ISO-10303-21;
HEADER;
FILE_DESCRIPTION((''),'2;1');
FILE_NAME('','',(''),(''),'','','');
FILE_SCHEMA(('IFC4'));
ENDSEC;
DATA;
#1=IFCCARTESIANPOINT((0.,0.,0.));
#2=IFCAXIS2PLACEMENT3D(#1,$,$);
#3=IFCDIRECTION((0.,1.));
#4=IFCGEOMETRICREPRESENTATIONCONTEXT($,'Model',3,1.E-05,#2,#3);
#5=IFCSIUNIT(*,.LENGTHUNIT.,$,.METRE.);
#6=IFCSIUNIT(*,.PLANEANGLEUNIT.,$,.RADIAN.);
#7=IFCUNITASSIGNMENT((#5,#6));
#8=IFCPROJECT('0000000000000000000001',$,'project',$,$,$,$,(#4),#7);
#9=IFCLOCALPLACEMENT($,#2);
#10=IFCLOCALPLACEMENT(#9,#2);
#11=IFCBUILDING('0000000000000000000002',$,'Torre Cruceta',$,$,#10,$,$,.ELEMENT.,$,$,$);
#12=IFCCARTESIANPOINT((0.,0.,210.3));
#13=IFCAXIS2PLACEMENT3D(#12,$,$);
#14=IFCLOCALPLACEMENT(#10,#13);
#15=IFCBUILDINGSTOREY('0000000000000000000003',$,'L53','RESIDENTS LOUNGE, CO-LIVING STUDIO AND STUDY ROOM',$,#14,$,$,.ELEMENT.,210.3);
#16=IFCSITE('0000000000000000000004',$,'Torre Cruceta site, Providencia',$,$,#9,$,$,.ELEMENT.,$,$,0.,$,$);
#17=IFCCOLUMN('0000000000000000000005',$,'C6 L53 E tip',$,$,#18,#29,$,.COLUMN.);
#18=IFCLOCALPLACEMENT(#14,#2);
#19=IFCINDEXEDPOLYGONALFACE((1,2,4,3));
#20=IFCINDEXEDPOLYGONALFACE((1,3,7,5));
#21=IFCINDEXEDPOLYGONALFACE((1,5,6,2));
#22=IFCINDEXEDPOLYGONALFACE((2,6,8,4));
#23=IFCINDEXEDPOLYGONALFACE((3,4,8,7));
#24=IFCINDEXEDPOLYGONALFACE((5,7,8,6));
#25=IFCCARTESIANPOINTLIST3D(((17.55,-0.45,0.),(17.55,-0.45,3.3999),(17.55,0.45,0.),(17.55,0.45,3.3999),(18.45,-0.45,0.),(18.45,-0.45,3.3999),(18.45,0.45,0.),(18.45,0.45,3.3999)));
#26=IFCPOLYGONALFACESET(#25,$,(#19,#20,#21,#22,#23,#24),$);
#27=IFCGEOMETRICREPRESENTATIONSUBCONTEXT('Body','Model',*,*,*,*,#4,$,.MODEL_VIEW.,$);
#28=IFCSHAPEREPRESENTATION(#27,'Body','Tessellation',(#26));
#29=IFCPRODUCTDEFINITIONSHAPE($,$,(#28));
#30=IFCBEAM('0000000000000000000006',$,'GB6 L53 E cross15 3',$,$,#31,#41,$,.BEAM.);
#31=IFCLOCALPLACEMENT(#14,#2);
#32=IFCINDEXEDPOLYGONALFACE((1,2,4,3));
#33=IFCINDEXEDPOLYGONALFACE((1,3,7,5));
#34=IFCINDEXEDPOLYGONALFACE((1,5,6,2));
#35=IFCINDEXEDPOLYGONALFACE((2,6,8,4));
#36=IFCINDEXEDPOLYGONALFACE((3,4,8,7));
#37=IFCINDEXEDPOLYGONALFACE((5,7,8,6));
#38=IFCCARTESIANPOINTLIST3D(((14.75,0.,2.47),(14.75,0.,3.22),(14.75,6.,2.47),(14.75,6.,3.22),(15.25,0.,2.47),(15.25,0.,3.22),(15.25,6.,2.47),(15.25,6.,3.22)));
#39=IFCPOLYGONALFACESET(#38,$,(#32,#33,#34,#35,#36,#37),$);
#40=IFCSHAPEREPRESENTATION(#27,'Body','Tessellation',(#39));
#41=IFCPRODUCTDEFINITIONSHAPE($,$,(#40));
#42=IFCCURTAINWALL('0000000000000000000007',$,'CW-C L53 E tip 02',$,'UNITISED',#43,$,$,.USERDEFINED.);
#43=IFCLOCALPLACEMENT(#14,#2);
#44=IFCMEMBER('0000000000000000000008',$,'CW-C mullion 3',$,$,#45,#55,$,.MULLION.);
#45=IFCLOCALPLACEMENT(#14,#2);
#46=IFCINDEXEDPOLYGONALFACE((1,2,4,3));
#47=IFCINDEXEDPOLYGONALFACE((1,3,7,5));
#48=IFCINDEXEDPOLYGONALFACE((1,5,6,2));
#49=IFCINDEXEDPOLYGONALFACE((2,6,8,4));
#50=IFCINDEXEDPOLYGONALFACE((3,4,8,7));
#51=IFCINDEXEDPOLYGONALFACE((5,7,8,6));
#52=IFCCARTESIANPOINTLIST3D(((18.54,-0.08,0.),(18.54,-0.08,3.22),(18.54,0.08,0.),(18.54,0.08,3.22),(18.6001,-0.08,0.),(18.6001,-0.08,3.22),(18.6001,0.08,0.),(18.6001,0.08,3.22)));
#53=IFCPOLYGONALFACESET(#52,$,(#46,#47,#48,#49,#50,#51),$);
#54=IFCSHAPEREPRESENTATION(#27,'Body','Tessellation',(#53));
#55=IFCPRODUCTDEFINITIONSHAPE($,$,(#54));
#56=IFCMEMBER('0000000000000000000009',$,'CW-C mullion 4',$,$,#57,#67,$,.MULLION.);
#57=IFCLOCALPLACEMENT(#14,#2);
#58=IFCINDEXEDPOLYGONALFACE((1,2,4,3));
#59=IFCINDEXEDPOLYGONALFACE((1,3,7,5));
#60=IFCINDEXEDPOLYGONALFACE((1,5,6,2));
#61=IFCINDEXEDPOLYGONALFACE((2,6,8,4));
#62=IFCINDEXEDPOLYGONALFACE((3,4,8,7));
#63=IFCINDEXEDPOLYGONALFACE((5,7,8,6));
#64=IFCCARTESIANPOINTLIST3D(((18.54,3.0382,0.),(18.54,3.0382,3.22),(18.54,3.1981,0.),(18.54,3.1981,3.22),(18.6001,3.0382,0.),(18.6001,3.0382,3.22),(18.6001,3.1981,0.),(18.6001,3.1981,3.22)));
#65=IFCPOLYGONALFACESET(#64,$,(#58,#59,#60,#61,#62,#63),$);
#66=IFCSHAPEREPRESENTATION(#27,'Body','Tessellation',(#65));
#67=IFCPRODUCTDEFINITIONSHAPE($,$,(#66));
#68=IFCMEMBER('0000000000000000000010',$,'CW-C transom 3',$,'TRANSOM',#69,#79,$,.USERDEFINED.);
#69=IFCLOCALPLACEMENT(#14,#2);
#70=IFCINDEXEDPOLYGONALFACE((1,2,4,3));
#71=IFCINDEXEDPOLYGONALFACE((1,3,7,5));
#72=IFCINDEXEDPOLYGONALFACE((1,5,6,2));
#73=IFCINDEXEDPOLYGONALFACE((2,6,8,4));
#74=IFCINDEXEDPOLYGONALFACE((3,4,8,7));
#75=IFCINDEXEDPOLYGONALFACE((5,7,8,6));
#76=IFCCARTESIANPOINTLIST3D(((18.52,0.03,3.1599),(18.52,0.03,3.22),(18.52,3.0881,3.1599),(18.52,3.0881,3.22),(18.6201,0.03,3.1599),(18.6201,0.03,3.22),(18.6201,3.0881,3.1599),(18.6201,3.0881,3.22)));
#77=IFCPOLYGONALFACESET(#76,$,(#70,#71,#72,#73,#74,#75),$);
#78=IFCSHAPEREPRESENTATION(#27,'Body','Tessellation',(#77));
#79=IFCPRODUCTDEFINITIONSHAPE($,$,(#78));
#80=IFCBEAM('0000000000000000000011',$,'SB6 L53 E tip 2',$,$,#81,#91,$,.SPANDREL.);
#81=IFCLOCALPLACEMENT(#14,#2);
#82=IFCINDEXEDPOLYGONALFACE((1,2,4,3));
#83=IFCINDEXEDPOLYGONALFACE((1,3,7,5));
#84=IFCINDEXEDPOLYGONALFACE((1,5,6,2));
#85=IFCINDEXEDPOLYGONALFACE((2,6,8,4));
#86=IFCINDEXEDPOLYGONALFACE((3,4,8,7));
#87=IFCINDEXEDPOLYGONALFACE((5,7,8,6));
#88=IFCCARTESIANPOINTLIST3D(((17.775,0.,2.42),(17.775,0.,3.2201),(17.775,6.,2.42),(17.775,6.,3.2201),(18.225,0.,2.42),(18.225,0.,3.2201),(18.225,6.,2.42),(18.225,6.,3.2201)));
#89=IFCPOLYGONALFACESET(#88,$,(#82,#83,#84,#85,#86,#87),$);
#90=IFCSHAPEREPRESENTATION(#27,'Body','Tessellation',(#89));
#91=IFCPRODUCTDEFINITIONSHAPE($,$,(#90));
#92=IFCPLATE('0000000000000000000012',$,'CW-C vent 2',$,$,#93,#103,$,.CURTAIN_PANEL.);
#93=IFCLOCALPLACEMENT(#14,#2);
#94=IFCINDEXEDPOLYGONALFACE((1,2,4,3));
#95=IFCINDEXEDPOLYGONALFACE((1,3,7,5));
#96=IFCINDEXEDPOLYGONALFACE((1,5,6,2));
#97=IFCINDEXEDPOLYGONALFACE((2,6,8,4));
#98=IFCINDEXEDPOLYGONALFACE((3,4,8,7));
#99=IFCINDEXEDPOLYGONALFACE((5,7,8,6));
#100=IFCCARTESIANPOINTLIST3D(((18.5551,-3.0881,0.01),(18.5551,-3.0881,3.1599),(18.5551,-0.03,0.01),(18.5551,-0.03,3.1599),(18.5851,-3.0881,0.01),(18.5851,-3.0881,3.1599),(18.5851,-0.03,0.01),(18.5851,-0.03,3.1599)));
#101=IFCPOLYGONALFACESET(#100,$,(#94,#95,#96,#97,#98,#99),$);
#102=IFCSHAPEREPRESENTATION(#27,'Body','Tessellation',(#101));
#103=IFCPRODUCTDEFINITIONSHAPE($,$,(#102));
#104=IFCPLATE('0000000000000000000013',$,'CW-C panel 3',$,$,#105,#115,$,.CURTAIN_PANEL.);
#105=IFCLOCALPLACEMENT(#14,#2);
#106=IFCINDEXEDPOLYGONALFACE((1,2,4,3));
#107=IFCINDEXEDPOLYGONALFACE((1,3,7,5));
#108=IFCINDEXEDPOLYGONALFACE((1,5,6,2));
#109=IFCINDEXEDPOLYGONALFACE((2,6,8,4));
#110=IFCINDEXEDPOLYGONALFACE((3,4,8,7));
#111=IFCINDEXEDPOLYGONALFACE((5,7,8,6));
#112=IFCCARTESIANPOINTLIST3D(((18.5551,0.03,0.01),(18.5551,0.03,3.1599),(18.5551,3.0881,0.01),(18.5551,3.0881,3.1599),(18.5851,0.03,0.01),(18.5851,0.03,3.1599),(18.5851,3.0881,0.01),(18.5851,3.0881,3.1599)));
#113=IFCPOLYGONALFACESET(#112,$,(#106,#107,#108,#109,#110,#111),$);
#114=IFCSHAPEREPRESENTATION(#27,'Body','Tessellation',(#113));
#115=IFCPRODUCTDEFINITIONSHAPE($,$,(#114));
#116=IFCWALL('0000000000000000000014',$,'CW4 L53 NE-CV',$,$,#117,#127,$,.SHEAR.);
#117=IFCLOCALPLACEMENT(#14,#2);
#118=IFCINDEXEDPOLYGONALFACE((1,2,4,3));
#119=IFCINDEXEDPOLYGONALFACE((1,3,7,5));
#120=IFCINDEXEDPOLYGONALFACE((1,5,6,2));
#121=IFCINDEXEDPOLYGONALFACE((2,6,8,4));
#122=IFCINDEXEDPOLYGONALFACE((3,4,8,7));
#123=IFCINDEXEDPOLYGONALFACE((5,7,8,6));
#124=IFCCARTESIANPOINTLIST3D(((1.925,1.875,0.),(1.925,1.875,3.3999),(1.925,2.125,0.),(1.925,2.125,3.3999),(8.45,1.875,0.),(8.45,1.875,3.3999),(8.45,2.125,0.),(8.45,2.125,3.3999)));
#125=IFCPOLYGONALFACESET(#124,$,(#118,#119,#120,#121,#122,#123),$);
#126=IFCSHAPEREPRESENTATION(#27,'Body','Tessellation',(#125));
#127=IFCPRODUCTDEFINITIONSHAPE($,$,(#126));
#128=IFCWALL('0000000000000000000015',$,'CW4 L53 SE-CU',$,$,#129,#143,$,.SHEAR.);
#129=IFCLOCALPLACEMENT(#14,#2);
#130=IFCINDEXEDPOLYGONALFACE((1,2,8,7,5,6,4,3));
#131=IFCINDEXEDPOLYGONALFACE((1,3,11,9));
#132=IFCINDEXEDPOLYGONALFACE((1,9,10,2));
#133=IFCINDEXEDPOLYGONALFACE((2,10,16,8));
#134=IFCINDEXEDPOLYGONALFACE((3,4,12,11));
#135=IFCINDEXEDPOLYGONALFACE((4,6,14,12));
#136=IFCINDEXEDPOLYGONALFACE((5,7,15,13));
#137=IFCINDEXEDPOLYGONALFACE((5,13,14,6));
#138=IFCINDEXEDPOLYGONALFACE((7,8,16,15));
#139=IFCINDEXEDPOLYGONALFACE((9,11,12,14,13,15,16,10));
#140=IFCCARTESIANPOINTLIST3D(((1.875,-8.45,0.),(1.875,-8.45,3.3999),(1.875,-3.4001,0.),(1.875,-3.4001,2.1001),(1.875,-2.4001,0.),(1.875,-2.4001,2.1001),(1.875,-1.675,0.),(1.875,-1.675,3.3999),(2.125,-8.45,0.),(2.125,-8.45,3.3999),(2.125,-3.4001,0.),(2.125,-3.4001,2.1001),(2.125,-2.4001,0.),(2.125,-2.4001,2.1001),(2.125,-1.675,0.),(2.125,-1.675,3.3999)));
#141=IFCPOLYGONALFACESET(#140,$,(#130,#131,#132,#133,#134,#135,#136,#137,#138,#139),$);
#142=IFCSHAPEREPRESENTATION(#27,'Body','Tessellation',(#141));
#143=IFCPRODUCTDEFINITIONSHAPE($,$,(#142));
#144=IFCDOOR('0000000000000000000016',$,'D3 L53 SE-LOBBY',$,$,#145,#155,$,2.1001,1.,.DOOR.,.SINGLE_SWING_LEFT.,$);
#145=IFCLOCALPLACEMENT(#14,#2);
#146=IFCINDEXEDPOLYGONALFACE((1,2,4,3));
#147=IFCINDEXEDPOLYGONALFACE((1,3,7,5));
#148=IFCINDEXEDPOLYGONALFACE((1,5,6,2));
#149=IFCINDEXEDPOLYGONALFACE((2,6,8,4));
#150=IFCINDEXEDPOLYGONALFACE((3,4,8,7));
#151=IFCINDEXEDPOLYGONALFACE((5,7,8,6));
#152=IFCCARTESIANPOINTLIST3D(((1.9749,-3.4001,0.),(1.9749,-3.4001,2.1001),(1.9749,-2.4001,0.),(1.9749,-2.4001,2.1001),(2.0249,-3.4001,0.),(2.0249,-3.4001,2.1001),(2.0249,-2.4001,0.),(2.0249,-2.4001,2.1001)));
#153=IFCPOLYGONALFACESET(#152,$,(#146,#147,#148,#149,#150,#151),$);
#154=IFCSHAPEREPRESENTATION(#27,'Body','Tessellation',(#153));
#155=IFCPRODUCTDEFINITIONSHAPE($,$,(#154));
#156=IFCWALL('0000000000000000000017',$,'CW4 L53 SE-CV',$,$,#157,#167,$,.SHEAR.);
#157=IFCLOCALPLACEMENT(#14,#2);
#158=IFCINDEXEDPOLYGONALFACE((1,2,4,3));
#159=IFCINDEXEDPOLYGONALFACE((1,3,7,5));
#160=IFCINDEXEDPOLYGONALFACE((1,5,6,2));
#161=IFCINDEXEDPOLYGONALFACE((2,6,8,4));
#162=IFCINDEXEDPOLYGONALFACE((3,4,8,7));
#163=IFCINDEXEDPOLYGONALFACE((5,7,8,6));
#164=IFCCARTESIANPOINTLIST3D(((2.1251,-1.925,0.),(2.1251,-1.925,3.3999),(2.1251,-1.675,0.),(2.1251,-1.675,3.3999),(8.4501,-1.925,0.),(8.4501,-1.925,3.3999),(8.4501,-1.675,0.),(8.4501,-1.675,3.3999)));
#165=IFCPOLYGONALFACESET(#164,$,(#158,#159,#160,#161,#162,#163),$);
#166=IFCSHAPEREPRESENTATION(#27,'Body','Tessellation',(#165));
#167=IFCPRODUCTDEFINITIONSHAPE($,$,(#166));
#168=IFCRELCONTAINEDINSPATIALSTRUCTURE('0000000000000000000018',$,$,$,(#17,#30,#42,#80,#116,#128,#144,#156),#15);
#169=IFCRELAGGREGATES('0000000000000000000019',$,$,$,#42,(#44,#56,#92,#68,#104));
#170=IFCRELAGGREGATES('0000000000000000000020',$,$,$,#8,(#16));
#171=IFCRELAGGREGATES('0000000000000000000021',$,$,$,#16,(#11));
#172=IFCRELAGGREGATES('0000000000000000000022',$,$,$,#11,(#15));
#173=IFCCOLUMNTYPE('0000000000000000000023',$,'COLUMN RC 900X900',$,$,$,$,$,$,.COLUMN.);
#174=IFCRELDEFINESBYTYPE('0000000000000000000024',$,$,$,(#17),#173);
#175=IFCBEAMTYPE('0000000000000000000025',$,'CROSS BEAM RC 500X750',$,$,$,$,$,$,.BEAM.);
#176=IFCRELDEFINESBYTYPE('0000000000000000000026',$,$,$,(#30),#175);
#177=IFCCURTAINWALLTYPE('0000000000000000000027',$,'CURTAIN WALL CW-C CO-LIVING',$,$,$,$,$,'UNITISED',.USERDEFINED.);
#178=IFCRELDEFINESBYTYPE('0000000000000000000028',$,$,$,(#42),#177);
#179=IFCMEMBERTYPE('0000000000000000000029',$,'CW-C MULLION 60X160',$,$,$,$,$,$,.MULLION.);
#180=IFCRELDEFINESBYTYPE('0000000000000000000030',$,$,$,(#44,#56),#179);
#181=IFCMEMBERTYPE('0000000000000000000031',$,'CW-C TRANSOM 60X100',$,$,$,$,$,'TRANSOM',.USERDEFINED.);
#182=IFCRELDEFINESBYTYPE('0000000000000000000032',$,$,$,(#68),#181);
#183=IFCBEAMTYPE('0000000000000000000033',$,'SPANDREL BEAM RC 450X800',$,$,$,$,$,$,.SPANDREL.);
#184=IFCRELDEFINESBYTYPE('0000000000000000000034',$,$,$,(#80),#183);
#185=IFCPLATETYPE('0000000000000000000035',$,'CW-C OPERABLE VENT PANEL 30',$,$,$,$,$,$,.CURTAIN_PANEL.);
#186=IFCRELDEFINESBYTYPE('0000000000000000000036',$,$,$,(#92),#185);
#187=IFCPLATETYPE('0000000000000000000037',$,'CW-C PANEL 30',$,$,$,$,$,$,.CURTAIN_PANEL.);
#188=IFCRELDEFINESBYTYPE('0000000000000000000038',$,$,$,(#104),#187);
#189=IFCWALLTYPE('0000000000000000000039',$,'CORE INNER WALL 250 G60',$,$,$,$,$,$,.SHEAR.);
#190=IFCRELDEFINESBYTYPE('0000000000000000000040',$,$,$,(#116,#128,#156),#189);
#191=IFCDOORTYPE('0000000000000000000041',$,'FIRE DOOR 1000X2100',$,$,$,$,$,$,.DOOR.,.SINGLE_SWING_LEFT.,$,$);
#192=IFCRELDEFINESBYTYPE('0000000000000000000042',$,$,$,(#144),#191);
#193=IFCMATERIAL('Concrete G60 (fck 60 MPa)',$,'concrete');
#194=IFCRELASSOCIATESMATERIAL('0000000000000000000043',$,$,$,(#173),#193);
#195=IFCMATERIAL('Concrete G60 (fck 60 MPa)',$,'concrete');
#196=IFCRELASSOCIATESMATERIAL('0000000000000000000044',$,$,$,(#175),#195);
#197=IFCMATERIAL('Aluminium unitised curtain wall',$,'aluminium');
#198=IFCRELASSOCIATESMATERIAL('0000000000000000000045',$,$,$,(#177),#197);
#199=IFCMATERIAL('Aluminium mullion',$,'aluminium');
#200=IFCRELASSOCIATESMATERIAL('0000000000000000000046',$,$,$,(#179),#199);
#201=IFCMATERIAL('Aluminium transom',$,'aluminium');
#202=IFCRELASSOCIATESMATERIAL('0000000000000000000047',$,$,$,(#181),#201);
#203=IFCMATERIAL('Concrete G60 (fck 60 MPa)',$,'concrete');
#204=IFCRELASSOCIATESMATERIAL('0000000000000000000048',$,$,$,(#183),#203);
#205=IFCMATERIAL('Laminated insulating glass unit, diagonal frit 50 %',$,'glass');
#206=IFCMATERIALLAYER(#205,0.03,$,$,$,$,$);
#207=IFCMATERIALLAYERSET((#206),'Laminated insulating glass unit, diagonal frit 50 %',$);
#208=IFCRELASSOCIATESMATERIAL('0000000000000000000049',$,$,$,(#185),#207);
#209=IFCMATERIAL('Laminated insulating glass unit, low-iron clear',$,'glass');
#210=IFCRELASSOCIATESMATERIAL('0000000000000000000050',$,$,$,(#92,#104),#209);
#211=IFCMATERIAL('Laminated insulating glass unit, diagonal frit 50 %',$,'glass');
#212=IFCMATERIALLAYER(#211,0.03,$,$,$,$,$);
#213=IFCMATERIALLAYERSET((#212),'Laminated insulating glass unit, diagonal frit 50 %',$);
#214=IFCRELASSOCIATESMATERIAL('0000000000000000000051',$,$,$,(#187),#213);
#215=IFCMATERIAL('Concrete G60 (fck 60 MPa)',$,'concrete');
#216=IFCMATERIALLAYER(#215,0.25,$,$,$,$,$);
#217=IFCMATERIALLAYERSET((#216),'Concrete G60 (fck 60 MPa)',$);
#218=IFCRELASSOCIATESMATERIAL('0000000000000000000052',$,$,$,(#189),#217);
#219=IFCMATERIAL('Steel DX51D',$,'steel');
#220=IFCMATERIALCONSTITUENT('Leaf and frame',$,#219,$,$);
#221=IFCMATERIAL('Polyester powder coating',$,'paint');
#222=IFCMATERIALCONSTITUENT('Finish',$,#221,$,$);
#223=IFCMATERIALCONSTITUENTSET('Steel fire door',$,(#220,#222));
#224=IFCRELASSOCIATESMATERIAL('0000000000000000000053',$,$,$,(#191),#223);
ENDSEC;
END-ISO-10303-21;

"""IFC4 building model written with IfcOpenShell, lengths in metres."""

from ifc_helpers import new_model, si_unit, direction, frame, frame_2d, origin, origin_2d, place, context, subcontext, project, spatial, rectangle, extrude, material, layer, layer_set, constituent, constituent_set, material_profile, profile_set, type_object, element, fill, aggregate, save


model = new_model("IFC4")

# Units and contexts
model_context = context("Model", 3, precision=1e-05, world=origin(), true_north=direction((0.0, 1.0)))
body_context = subcontext(model_context, "Body", "Model", "MODEL_VIEW")
ifc_project = project(units=[si_unit("LENGTHUNIT", "METRE"), si_unit("PLANEANGLEUNIT", "RADIAN")], contexts=[model_context])

# Site, building, storey
site_placement = place(None, origin())
site = spatial("IfcSite", under=ifc_project, at=site_placement, Name="Torre Cruceta site, Providencia", CompositionType="ELEMENT", RefElevation=0.0)
building_placement = place(site_placement, origin())
building = spatial("IfcBuilding", under=site, at=building_placement, Name="Torre Cruceta", CompositionType="ELEMENT")
storey_placement = place(building_placement, frame((0.0, 0.0, 210.3)))
storey = spatial("IfcBuildingStorey", under=building, at=storey_placement, Name="L53", Description="RESIDENTS LOUNGE, CO-LIVING STUDIO AND STUDY ROOM", CompositionType="ELEMENT", Elevation=210.3)

# Column
ifc_material_1 = material(Name="Concrete G60 (fck 60 MPa)", Category="concrete")
ifc_material_profile_1 = material_profile(ifc_material_1, rectangle(XDim=0.8999, YDim=0.8999, at=origin_2d()), Name="RC 900X900")
ifc_profile_set_1 = profile_set([ifc_material_profile_1], Name="Concrete G60 (fck 60 MPa)")
column_type = type_object("IfcColumnType", Name="COLUMN RC 900X900", PredefinedType="COLUMN", material=ifc_profile_set_1)
column_placement = place(storey_placement, frame((18.0, 0.0, 0.0), z_axis=(0.0, 0.0, 1.0), x_axis=(1.0, 0.0, 0.0)))
element("IfcColumn", 1, at=column_placement, inside=storey, type_object=column_type, Name="C6 L53 E tip", PredefinedType="COLUMN", context=body_context, shape_type="SweptSolid", body=[
    extrude(rectangle(XDim=0.8999, YDim=0.8999, at=origin_2d()), origin(), (0.0, 0.0, 1.0), 3.3999),
])

# Beam
ifc_material_2 = material(Name="Concrete G60 (fck 60 MPa)", Category="concrete")
ifc_material_profile_2 = material_profile(ifc_material_2, rectangle(XDim=0.5, YDim=0.75, at=origin_2d()), Name="RC 500X750")
ifc_profile_set_2 = profile_set([ifc_material_profile_2], Name="Concrete G60 (fck 60 MPa)")
beam_type_1 = type_object("IfcBeamType", Name="CROSS BEAM RC 500X750", PredefinedType="BEAM", material=ifc_profile_set_2)
beam_1_placement = place(storey_placement, frame((15.0, 0.0, 2.845), z_axis=(0.0, 1.0, 0.0), x_axis=(-1.0, 0.0, 0.0)))
element("IfcBeam", 2, at=beam_1_placement, inside=storey, type_object=beam_type_1, Name="GB6 L53 E cross15 3", PredefinedType="BEAM", context=body_context, shape_type="SweptSolid", body=[
    extrude(rectangle(XDim=0.5, YDim=0.75, at=origin_2d()), origin(), (0.0, 0.0, 1.0), 6.0),
])

# Curtain wall, members
ifc_material_3 = material(Name="Aluminium unitised curtain wall", Category="aluminium")
curtain_wall_type = type_object("IfcCurtainWallType", Name="CURTAIN WALL CW-C CO-LIVING", ElementType="UNITISED", PredefinedType="USERDEFINED", material=ifc_material_3)
curtain_wall_placement = place(storey_placement, origin())
curtain_wall = element("IfcCurtainWall", 3, at=curtain_wall_placement, inside=storey, type_object=curtain_wall_type, Name="CW-C L53 E tip 02", ObjectType="UNITISED", PredefinedType="USERDEFINED")
ifc_material_4 = material(Name="Aluminium mullion", Category="aluminium")
ifc_material_profile_3 = material_profile(ifc_material_4, rectangle(XDim=0.0601, YDim=0.1599, at=origin_2d()), Name="AL 60X160")
ifc_profile_set_3 = profile_set([ifc_material_profile_3], Name="Aluminium mullion")
member_type_1 = type_object("IfcMemberType", Name="CW-C MULLION 60X160", PredefinedType="MULLION", material=ifc_profile_set_3)
member_1_placement = place(storey_placement, frame((18.5701, 0.0, 0.0), z_axis=(0.0, 0.0, 1.0), x_axis=(-1.0, 0.0, 0.0)))
member_1 = element("IfcMember", 4, at=member_1_placement, type_object=member_type_1, Name="CW-C mullion 3", PredefinedType="MULLION", context=body_context, shape_type="SweptSolid", body=[
    extrude(rectangle(XDim=0.0601, YDim=0.1599, at=origin_2d()), origin(), (0.0, 0.0, 1.0), 3.22),
])
member_2_placement = place(storey_placement, frame((18.5701, 3.1182, 0.0), z_axis=(0.0, 0.0, 1.0), x_axis=(-1.0, 0.0, 0.0)))
member_2 = element("IfcMember", 5, at=member_2_placement, type_object=member_type_1, Name="CW-C mullion 4", PredefinedType="MULLION", context=body_context, shape_type="SweptSolid", body=[
    extrude(rectangle(XDim=0.0601, YDim=0.1599, at=origin_2d()), origin(), (0.0, 0.0, 1.0), 3.22),
])
ifc_material_5 = material(Name="Aluminium transom", Category="aluminium")
ifc_material_profile_4 = material_profile(ifc_material_5, rectangle(XDim=0.1001, YDim=0.0601, at=origin_2d()), Name="AL 100X60")
ifc_profile_set_4 = profile_set([ifc_material_profile_4], Name="Aluminium transom")
member_type_2 = type_object("IfcMemberType", Name="CW-C TRANSOM 60X100", ElementType="TRANSOM", PredefinedType="USERDEFINED", material=ifc_profile_set_4)
member_3_placement = place(storey_placement, frame((18.5701, 0.03, 3.1899), z_axis=(0.0, 1.0, 0.0), x_axis=(-1.0, 0.0, 0.0)))
member_3 = element("IfcMember", 6, at=member_3_placement, type_object=member_type_2, Name="CW-C transom 3", ObjectType="TRANSOM", PredefinedType="USERDEFINED", context=body_context, shape_type="SweptSolid", body=[
    extrude(rectangle(XDim=0.1001, YDim=0.0601, at=origin_2d()), origin(), (0.0, 0.0, 1.0), 3.0581),
])

# Beam
ifc_material_6 = material(Name="Concrete G60 (fck 60 MPa)", Category="concrete")
ifc_material_profile_5 = material_profile(ifc_material_6, rectangle(XDim=0.45, YDim=0.8, at=origin_2d()), Name="RC 450X800")
ifc_profile_set_5 = profile_set([ifc_material_profile_5], Name="Concrete G60 (fck 60 MPa)")
beam_type_2 = type_object("IfcBeamType", Name="SPANDREL BEAM RC 450X800", PredefinedType="SPANDREL", material=ifc_profile_set_5)
beam_2_placement = place(storey_placement, frame((18.0, 0.0, 2.8201), z_axis=(0.0, 1.0, 0.0), x_axis=(-1.0, 0.0, 0.0)))
element("IfcBeam", 7, at=beam_2_placement, inside=storey, type_object=beam_type_2, Name="SB6 L53 E tip 2", PredefinedType="SPANDREL", context=body_context, shape_type="SweptSolid", body=[
    extrude(rectangle(XDim=0.45, YDim=0.8, at=origin_2d()), origin(), (0.0, 0.0, 1.0), 6.0),
])

# Plates
ifc_material_7 = material(Name="Laminated insulating glass unit, low-iron clear", Category="glass")
ifc_material_8 = material(Name="Laminated insulating glass unit, diagonal frit 50 %", Category="glass")
ifc_layer_1 = layer(ifc_material_8, 0.03)
ifc_layer_set_1 = layer_set([ifc_layer_1], Name="Laminated insulating glass unit, diagonal frit 50 %")
plate_type_1 = type_object("IfcPlateType", Name="CW-C OPERABLE VENT PANEL 30", PredefinedType="CURTAIN_PANEL", material=ifc_layer_set_1)
plate_1_placement = place(storey_placement, frame((18.5701, -1.5591, 0.01), z_axis=(0.0, 0.0, 1.0), x_axis=(0.0, 1.0, 0.0)))
plate_1 = element("IfcPlate", 8, at=plate_1_placement, type_object=plate_type_1, material=ifc_material_7, Name="CW-C vent 2", PredefinedType="CURTAIN_PANEL", context=body_context, shape_type="SweptSolid", body=[
    extrude(rectangle(XDim=3.0581, YDim=0.03, at=origin_2d()), origin(), (0.0, 0.0, 1.0), 3.1499),
])
ifc_material_9 = material(Name="Laminated insulating glass unit, diagonal frit 50 %", Category="glass")
ifc_layer_2 = layer(ifc_material_9, 0.03)
ifc_layer_set_2 = layer_set([ifc_layer_2], Name="Laminated insulating glass unit, diagonal frit 50 %")
plate_type_2 = type_object("IfcPlateType", Name="CW-C PANEL 30", PredefinedType="CURTAIN_PANEL", material=ifc_layer_set_2)
plate_2_placement = place(storey_placement, frame((18.5701, 1.5591, 0.01), z_axis=(0.0, 0.0, 1.0), x_axis=(0.0, 1.0, 0.0)))
plate_2 = element("IfcPlate", 9, at=plate_2_placement, type_object=plate_type_2, material=ifc_material_7, Name="CW-C panel 3", PredefinedType="CURTAIN_PANEL", context=body_context, shape_type="SweptSolid", body=[
    extrude(rectangle(XDim=3.0581, YDim=0.03, at=origin_2d()), origin(), (0.0, 0.0, 1.0), 3.1499),
])
aggregate(curtain_wall, [member_1, member_2, plate_1, member_3, plate_2])

# Shared definitions
ifc_material_10 = material(Name="Concrete G60 (fck 60 MPa)", Category="concrete")
ifc_layer_3 = layer(ifc_material_10, 0.25)
ifc_layer_set_3 = layer_set([ifc_layer_3], Name="Concrete G60 (fck 60 MPa)")
wall_type_1 = type_object("IfcWallType", Name="CORE INNER WALL 250 G60", PredefinedType="SHEAR", material=ifc_layer_set_3)

# Wall
wall_1_placement = place(storey_placement, frame((1.925, 2.0, 0.0), z_axis=(0.0, 0.0, 1.0), x_axis=(1.0, 0.0, 0.0)))
element("IfcWall", 10, at=wall_1_placement, inside=storey, type_object=wall_type_1, Name="CW4 L53 NE-CV", PredefinedType="SHEAR", context=body_context, shape_type="SweptSolid", body=[
    extrude(rectangle(XDim=6.5249, YDim=0.25, at=frame_2d((3.2625, 0.0))), origin(), (0.0, 0.0, 1.0), 3.3999),
])

# Wall, opening, door
wall_2_placement = place(storey_placement, frame((2.0, -1.675, 0.0), z_axis=(0.0, 0.0, 1.0), x_axis=(0.0, -1.0, 0.0)))
wall_2 = element("IfcWall", 11, at=wall_2_placement, inside=storey, type_object=wall_type_1, Name="CW4 L53 SE-CU", PredefinedType="SHEAR", context=body_context, shape_type="SweptSolid", body=[
    extrude(rectangle(XDim=6.7749, YDim=0.25, at=frame_2d((3.3875, 0.0))), origin(), (0.0, 0.0, 1.0), 3.3999),
])
opening_1_placement = place(wall_2_placement, frame((0.7251, 0.0, 0.0)))
opening_1 = element("IfcOpeningElement", 12, at=opening_1_placement, cuts=wall_2, PredefinedType="OPENING", context=body_context, shape_type="SweptSolid", body=[
    extrude(rectangle(XDim=1.0, YDim=2.1001, at=frame_2d((0.5, 1.05))), frame((0.0, 0.135, 0.0), z_axis=(0.0, -1.0, 0.0), x_axis=(1.0, 0.0, 0.0)), (0.0, 0.0, 1.0), 0.27),
])
ifc_material_11 = material(Name="Steel DX51D", Category="steel")
ifc_constituent_1 = constituent(ifc_material_11, Name="Leaf and frame")
ifc_material_12 = material(Name="Polyester powder coating", Category="paint")
ifc_constituent_2 = constituent(ifc_material_12, Name="Finish")
ifc_constituent_set_1 = constituent_set(constituents=[ifc_constituent_1, ifc_constituent_2], Name="Steel fire door")
door_type_1 = type_object("IfcDoorType", Name="FIRE DOOR 1000X2100", OperationType="SINGLE_SWING_LEFT", PredefinedType="DOOR", material=ifc_constituent_set_1)
door_1_placement = place(opening_1_placement, origin())
door_1 = element("IfcDoor", 13, at=door_1_placement, inside=storey, type_object=door_type_1, Name="D3 L53 SE-LOBBY", OperationType="SINGLE_SWING_LEFT", OverallHeight=2.1001, OverallWidth=1.0, PredefinedType="DOOR", context=body_context, shape_type="SweptSolid", body=[
    extrude(rectangle(XDim=1.0, YDim=2.1001, at=frame_2d((0.5, 1.05))), frame((0.0, 0.0249, 0.0), z_axis=(0.0, -1.0, 0.0), x_axis=(1.0, 0.0, 0.0)), (0.0, 0.0, 1.0), 0.05),
])
fill(opening_1, door_1)

# Wall
wall_3_placement = place(storey_placement, frame((2.125, -1.8, 0.0), z_axis=(0.0, 0.0, 1.0), x_axis=(1.0, 0.0, 0.0)))
element("IfcWall", 14, at=wall_3_placement, inside=storey, type_object=wall_type_1, Name="CW4 L53 SE-CV", PredefinedType="SHEAR", context=body_context, shape_type="SweptSolid", body=[
    extrude(rectangle(XDim=6.325, YDim=0.25, at=frame_2d((3.1626, 0.0))), origin(), (0.0, 0.0, 1.0), 3.3999),
])

save(model, "model.ifc")
